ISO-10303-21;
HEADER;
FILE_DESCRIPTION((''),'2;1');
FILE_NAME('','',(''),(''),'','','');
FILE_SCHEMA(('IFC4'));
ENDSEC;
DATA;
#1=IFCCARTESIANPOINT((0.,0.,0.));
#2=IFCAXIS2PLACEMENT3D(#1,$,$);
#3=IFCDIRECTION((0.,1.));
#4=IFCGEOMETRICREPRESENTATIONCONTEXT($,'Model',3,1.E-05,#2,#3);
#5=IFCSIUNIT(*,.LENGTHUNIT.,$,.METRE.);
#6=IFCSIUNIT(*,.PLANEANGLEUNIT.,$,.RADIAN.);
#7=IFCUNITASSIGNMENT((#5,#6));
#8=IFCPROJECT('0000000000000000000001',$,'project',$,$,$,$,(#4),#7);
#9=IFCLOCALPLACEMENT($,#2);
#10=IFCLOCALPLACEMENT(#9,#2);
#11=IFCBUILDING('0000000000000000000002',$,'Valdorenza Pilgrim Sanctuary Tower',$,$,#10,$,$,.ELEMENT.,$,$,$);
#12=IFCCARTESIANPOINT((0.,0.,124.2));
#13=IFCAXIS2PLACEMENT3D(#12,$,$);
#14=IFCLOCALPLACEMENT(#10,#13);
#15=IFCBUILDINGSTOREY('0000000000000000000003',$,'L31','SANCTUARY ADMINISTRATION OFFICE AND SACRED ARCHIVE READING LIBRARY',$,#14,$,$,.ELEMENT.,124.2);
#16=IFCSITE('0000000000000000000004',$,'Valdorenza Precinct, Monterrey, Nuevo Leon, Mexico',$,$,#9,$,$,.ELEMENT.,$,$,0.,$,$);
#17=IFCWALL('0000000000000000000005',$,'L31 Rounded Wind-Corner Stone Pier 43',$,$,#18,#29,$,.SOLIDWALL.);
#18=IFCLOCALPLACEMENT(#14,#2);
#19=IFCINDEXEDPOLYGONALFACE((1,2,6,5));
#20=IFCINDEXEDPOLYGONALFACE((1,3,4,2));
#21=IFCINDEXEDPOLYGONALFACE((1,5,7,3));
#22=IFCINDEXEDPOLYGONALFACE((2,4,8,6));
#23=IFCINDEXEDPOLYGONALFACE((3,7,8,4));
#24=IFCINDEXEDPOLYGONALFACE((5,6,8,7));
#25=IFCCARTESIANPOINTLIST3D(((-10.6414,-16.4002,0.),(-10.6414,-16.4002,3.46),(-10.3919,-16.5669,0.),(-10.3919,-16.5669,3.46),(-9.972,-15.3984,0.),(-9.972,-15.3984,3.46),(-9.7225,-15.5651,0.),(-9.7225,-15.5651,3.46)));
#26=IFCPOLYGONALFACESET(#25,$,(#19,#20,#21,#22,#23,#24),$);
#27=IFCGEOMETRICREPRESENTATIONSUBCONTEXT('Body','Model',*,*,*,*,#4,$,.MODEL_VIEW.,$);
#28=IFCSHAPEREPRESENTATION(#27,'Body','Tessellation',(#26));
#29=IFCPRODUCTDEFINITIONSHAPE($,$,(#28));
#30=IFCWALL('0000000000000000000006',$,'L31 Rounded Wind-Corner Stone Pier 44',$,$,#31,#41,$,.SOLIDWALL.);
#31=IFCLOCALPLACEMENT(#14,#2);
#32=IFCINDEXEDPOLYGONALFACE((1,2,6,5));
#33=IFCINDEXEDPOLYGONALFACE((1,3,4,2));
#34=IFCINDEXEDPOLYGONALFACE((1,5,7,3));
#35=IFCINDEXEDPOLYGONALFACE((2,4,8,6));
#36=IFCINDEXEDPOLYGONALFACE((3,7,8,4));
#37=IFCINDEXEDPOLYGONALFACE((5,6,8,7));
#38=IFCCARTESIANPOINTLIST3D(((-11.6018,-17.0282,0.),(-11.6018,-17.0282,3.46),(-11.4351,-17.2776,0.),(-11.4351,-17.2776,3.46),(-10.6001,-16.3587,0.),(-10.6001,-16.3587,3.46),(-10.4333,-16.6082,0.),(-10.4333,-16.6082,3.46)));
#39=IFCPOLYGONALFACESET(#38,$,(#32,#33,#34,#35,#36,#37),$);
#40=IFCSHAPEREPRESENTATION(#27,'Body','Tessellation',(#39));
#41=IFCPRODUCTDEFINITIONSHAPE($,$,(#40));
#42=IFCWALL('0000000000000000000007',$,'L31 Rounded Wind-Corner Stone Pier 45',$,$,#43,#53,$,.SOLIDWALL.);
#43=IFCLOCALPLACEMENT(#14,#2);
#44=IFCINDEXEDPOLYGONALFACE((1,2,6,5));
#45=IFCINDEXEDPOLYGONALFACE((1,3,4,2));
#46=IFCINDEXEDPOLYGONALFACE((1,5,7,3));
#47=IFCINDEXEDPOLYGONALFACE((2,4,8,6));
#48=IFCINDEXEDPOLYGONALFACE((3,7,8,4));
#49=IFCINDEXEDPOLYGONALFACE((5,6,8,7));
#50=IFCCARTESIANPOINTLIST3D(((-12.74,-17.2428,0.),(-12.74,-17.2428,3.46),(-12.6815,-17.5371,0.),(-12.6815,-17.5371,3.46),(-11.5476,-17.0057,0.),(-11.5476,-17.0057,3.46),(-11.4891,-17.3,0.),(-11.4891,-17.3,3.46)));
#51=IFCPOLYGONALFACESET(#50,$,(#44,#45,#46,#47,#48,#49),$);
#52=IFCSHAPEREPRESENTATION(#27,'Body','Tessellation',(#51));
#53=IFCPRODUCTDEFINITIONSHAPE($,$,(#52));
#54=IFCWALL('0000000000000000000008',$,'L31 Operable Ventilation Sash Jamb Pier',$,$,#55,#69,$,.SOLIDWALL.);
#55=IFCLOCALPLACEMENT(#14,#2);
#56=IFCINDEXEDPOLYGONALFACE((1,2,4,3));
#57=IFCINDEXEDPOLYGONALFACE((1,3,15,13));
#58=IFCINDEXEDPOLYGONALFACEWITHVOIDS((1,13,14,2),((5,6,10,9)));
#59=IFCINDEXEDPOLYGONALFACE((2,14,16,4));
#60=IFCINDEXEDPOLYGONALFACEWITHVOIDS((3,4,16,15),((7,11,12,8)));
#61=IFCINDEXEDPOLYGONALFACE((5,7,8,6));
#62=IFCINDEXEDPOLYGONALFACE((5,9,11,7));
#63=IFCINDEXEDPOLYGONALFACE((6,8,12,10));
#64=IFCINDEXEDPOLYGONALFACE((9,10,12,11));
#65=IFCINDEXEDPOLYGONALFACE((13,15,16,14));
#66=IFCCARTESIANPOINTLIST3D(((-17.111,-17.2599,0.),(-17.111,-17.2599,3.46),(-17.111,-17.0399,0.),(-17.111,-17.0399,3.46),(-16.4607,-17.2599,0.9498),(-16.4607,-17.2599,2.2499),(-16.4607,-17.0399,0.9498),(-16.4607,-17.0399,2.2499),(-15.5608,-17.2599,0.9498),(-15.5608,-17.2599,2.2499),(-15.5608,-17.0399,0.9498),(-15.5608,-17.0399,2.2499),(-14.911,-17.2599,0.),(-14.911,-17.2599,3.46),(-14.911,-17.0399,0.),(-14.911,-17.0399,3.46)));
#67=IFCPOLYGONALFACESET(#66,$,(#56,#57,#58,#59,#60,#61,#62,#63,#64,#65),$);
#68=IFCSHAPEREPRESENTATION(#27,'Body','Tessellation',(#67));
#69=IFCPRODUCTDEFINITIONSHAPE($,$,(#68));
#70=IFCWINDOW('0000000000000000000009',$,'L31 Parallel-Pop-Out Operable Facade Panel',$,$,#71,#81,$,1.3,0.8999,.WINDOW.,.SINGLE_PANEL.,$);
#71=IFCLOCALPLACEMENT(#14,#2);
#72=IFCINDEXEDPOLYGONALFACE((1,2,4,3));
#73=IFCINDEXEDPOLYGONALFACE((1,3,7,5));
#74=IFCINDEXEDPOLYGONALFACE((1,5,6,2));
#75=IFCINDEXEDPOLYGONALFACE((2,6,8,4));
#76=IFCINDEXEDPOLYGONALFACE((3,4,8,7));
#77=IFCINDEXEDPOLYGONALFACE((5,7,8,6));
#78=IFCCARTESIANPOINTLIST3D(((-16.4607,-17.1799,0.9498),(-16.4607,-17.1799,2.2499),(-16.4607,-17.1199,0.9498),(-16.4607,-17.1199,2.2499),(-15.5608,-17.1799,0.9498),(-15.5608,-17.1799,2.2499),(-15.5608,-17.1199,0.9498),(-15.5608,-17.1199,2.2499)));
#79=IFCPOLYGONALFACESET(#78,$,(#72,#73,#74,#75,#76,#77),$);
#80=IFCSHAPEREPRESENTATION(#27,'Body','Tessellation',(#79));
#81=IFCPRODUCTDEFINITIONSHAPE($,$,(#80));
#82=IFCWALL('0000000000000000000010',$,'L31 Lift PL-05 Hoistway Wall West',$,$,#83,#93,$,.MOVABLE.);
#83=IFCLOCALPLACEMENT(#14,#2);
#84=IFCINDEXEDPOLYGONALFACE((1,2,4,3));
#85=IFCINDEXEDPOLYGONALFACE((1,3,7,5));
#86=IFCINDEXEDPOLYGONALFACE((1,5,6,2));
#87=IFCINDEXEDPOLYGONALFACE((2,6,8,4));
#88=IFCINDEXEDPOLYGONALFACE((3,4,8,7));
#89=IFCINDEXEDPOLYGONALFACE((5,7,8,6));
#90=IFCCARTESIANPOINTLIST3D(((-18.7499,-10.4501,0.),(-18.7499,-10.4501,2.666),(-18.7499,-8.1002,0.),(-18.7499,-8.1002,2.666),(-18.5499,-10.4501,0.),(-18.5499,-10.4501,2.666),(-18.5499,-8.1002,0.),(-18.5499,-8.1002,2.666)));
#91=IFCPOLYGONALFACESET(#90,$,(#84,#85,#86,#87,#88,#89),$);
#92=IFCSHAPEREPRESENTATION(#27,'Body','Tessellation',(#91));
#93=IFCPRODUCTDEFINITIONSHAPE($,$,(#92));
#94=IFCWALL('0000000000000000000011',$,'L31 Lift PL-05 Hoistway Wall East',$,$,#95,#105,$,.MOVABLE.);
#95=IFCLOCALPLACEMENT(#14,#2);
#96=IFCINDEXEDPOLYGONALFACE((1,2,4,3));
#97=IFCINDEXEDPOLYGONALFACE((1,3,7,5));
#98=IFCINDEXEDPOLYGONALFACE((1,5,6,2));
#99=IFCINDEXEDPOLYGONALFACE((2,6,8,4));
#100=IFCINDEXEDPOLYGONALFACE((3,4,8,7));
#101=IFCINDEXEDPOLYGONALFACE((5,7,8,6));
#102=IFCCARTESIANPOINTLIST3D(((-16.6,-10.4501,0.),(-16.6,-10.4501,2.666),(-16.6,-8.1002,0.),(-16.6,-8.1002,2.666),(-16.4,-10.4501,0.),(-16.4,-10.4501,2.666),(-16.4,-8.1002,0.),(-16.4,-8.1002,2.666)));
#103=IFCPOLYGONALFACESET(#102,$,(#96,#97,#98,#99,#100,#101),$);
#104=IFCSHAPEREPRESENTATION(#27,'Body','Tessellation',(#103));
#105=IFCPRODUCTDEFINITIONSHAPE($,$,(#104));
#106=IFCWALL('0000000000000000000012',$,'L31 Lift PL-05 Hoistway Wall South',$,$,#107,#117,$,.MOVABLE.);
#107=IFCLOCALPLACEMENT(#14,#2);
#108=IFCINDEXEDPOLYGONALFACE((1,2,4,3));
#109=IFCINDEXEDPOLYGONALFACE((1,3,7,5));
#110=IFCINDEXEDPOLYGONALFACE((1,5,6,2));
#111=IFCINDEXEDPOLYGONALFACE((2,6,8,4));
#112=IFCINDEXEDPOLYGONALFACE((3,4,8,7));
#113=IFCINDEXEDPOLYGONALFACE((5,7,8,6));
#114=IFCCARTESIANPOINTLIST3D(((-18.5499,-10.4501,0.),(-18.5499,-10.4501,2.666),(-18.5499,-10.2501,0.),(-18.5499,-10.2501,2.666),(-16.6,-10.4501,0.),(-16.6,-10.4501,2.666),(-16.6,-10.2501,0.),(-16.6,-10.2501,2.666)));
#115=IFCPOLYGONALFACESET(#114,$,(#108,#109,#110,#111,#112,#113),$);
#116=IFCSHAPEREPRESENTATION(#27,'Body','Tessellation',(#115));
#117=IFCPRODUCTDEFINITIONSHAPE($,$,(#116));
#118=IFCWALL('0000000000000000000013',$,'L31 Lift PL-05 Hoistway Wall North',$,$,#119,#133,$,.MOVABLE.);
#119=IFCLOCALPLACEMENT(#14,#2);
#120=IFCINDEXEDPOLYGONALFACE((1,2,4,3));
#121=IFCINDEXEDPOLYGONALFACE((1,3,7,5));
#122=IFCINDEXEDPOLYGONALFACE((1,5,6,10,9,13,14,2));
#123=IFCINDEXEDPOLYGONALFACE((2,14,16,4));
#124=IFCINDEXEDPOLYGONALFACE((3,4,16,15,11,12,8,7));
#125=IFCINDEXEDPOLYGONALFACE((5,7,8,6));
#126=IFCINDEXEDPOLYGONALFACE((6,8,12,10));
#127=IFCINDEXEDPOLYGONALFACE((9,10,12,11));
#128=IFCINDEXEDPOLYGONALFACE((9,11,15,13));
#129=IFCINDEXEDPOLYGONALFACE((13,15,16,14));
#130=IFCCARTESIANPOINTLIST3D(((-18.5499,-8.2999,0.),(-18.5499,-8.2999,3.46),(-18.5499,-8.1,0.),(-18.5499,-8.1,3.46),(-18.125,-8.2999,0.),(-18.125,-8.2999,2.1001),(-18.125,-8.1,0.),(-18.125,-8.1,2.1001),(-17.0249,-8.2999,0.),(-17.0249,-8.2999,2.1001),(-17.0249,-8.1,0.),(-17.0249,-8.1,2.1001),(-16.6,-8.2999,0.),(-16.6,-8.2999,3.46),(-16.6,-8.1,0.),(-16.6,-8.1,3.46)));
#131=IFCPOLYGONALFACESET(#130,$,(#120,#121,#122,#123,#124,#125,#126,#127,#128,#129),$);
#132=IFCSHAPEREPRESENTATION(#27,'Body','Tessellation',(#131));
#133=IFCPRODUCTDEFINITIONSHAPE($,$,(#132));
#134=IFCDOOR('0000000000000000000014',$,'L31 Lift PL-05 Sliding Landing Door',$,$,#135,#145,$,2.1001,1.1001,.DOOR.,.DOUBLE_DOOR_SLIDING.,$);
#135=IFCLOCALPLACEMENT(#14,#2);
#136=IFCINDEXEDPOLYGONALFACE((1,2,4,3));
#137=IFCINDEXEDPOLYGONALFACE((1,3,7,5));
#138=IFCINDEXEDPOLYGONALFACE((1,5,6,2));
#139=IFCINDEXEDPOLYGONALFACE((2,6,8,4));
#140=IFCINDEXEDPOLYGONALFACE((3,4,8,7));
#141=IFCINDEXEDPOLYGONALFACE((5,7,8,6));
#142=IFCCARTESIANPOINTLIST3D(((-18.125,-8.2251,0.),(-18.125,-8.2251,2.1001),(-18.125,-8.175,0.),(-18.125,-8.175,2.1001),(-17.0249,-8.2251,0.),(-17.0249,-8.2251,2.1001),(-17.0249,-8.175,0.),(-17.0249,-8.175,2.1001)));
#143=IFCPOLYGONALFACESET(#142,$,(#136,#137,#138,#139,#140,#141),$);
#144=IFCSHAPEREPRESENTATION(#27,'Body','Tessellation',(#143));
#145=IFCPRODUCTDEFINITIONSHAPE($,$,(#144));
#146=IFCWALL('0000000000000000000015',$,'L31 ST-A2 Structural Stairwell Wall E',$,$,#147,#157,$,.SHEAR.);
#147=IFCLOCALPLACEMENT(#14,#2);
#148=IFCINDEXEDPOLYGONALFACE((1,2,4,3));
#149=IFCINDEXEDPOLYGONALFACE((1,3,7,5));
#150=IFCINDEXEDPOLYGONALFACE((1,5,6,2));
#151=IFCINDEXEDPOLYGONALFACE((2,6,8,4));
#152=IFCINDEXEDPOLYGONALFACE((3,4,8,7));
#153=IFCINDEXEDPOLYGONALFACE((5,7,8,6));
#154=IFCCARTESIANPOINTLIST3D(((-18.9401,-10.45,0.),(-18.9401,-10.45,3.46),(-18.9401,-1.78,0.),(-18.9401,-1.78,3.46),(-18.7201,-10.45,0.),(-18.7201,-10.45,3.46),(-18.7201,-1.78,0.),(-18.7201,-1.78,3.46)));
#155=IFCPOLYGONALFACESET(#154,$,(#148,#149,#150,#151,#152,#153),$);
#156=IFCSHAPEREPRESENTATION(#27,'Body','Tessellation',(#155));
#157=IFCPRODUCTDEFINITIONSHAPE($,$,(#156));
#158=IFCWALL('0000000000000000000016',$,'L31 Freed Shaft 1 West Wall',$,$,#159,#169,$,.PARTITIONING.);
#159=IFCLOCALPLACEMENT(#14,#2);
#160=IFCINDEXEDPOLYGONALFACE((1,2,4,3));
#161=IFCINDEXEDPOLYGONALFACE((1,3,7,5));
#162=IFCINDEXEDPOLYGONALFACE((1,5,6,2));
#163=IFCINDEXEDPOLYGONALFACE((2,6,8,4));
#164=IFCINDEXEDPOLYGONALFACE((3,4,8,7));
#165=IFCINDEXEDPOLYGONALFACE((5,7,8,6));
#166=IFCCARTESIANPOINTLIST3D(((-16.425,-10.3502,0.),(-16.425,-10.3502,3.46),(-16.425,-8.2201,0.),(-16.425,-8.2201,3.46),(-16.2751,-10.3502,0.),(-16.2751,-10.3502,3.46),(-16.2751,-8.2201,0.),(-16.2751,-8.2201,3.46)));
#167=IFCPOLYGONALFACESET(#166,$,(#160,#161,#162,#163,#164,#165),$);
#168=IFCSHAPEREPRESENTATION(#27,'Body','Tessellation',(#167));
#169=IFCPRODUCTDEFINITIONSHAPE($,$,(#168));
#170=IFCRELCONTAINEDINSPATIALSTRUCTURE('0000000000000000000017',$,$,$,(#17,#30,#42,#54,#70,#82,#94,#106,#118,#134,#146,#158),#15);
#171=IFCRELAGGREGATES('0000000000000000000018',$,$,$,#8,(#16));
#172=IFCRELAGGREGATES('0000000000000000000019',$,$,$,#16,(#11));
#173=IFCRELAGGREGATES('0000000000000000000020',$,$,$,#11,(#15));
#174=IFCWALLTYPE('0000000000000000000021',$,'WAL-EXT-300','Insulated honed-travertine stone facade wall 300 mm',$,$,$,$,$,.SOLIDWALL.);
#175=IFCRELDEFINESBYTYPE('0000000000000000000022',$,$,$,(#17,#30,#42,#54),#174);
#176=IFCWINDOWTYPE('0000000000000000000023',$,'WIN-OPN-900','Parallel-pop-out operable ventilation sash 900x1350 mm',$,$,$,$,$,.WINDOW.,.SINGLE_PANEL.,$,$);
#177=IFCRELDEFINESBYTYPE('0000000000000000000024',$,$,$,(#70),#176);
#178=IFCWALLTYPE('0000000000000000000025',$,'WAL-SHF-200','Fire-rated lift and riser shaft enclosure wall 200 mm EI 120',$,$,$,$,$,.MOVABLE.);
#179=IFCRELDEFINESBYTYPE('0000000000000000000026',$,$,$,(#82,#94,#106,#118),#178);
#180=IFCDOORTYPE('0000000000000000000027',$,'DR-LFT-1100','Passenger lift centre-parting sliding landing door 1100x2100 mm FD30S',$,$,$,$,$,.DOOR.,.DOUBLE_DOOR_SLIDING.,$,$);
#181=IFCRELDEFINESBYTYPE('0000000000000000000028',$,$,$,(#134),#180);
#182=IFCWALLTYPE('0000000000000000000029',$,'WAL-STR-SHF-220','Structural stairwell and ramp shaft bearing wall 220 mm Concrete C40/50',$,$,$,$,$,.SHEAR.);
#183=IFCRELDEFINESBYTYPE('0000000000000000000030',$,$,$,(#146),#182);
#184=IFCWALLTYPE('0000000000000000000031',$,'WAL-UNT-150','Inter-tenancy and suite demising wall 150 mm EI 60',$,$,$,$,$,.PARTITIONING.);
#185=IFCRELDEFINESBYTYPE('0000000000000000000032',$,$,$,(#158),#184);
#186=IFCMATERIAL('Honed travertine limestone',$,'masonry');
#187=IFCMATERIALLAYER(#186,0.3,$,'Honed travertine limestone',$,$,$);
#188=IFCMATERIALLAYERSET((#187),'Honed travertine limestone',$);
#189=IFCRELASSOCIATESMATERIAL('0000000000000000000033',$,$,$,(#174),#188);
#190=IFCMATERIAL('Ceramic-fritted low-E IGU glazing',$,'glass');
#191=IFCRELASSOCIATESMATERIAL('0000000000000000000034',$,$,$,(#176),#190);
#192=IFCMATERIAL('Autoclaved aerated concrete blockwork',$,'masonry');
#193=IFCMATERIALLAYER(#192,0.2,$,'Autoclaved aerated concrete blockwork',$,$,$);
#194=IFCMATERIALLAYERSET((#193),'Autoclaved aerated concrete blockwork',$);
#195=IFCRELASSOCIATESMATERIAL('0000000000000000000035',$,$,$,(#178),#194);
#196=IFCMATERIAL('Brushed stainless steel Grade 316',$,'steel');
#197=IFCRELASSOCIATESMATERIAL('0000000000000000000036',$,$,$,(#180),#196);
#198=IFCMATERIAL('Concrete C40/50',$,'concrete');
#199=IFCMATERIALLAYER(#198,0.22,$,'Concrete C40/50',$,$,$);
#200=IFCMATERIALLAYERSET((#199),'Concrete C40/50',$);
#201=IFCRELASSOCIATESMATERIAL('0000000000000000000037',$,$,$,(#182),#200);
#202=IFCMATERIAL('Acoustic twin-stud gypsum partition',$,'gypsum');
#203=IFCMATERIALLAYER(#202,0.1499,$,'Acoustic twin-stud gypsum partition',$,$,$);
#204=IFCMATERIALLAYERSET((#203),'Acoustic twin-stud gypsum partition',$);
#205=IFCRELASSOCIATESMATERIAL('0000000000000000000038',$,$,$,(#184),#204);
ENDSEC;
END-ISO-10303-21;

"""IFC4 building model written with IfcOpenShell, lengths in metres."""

from ifc_helpers import new_model, si_unit, direction, frame, frame_2d, origin, place, context, subcontext, project, spatial, rectangle, extrude, material, layer, layer_set, type_object, element, fill, save


model = new_model("IFC4")

# Units and contexts
model_context = context("Model", 3, precision=1e-05, world=origin(), true_north=direction((0.0, 1.0)))
body_context = subcontext(model_context, "Body", "Model", "MODEL_VIEW")
ifc_project = project(units=[si_unit("LENGTHUNIT", "METRE"), si_unit("PLANEANGLEUNIT", "RADIAN")], contexts=[model_context])

# Site, building, storey
site_placement = place(None, origin())
site = spatial("IfcSite", under=ifc_project, at=site_placement, Name="Valdorenza Precinct, Monterrey, Nuevo Leon, Mexico", CompositionType="ELEMENT", RefElevation=0.0)
building_placement = place(site_placement, origin())
building = spatial("IfcBuilding", under=site, at=building_placement, Name="Valdorenza Pilgrim Sanctuary Tower", CompositionType="ELEMENT")
storey_placement = place(building_placement, frame((0.0, 0.0, 124.2)))
storey = spatial("IfcBuildingStorey", under=building, at=storey_placement, Name="L31", Description="SANCTUARY ADMINISTRATION OFFICE AND SACRED ARCHIVE READING LIBRARY", CompositionType="ELEMENT", Elevation=124.2)

# Shared definitions
ifc_material_1 = material(Name="Honed travertine limestone", Category="masonry")
ifc_material_2 = material(Name="Ceramic-fritted low-E IGU glazing", Category="glass")

# Shared definitions
ifc_material_3 = material(Name="Acoustic twin-stud gypsum partition", Category="gypsum")

# Walls
ifc_layer_1 = layer(ifc_material_1, 0.3, Name="Honed travertine limestone")
ifc_layer_set_1 = layer_set([ifc_layer_1], Name="Honed travertine limestone")
wall_type_1 = type_object("IfcWallType", Name="WAL-EXT-300", Description="Insulated honed-travertine stone facade wall 300 mm", PredefinedType="SOLIDWALL", material=ifc_layer_set_1)
for number, where, z_axis, x_axis, name in (
    (1, (-9.8472, -15.4817, 0.0), (0.0, 0.0, 1.0), (-0.555635, -0.831426, 0.0), "L31 Rounded Wind-Corner Stone Pier 43"),
    (2, (-10.5166, -16.4834, 0.0), (0.0, 0.0, 1.0), (-0.831426, -0.555635, 0.0), "L31 Rounded Wind-Corner Stone Pier 44"),
):
    element("IfcWall", number, at=place(storey_placement, frame(where, z_axis=z_axis, x_axis=x_axis)), inside=storey, type_object=wall_type_1, Name=name, PredefinedType="SOLIDWALL", context=body_context, shape_type="SweptSolid", body=[
        extrude(rectangle(XDim=1.2048, YDim=0.3, at=frame_2d((0.6025, 0.0))), origin(), (0.0, 0.0, 1.0), 3.46),
    ])
wall_1_placement = place(storey_placement, frame((-11.5183, -17.1528, 0.0), z_axis=(0.0, 0.0, 1.0), x_axis=(-0.980804, -0.194996, 0.0)))
element("IfcWall", 3, at=wall_1_placement, inside=storey, type_object=wall_type_1, Name="L31 Rounded Wind-Corner Stone Pier 45", PredefinedType="SOLIDWALL", context=body_context, shape_type="SweptSolid", body=[
    extrude(rectangle(XDim=1.2158, YDim=0.3, at=frame_2d((0.6079, 0.0))), origin(), (0.0, 0.0, 1.0), 3.46),
])

# Wall, opening, window
wall_2_placement = place(storey_placement, frame((-14.9109, -17.1499, 0.0), z_axis=(0.0, 0.0, 1.0), x_axis=(-1.0, 0.0, 0.0)))
wall_2 = element("IfcWall", 4, at=wall_2_placement, inside=storey, type_object=wall_type_1, Name="L31 Operable Ventilation Sash Jamb Pier", PredefinedType="SOLIDWALL", context=body_context, shape_type="SweptSolid", body=[
    extrude(rectangle(XDim=2.2, YDim=0.22, at=frame_2d((1.1001, 0.0))), origin(), (0.0, 0.0, 1.0), 3.46),
])
opening_1_placement = place(wall_2_placement, frame((0.6499, 0.0, 0.95)))
opening_1 = element("IfcOpeningElement", 5, at=opening_1_placement, cuts=wall_2, PredefinedType="OPENING", context=body_context, shape_type="SweptSolid", body=[
    extrude(rectangle(XDim=0.8999, YDim=1.3, at=frame_2d((0.45, 0.6499))), frame((0.0, 0.125, 0.0), z_axis=(0.0, -1.0, 0.0), x_axis=(1.0, 0.0, 0.0)), (0.0, 0.0, 1.0), 0.2498),
])
window_type = type_object("IfcWindowType", Name="WIN-OPN-900", Description="Parallel-pop-out operable ventilation sash 900x1350 mm", PartitioningType="SINGLE_PANEL", PredefinedType="WINDOW", material=ifc_material_2)
window_placement = place(opening_1_placement, origin())
window = element("IfcWindow", 6, at=window_placement, inside=storey, type_object=window_type, Name="L31 Parallel-Pop-Out Operable Facade Panel", OverallHeight=1.3, OverallWidth=0.8999, PartitioningType="SINGLE_PANEL", PredefinedType="WINDOW", context=body_context, shape_type="SweptSolid", body=[
    extrude(rectangle(XDim=0.8999, YDim=1.3, at=frame_2d((0.45, 0.6499))), frame((0.0, 0.03, 0.0), z_axis=(0.0, -1.0, 0.0), x_axis=(1.0, 0.0, 0.0)), (0.0, 0.0, 1.0), 0.0601),
])
fill(opening_1, window)

# Walls
ifc_material_4 = material(Name="Autoclaved aerated concrete blockwork", Category="masonry")
ifc_layer_2 = layer(ifc_material_4, 0.2, Name="Autoclaved aerated concrete blockwork")
ifc_layer_set_2 = layer_set([ifc_layer_2], Name="Autoclaved aerated concrete blockwork")
wall_type_2 = type_object("IfcWallType", Name="WAL-SHF-200", Description="Fire-rated lift and riser shaft enclosure wall 200 mm EI 120", PredefinedType="MOVABLE", material=ifc_layer_set_2)
for number, where, z_axis, x_axis, name in (
    (7, (-18.6499, -10.45, 0.0), (0.0, 0.0, 1.0), (0.0, 1.0, 0.0), "L31 Lift PL-05 Hoistway Wall West"),
    (8, (-16.5, -10.45, 0.0), (0.0, 0.0, 1.0), (0.0, 1.0, 0.0), "L31 Lift PL-05 Hoistway Wall East"),
):
    element("IfcWall", number, at=place(storey_placement, frame(where, z_axis=z_axis, x_axis=x_axis)), inside=storey, type_object=wall_type_2, Name=name, PredefinedType="MOVABLE", context=body_context, shape_type="SweptSolid", body=[
        extrude(rectangle(XDim=2.3499, YDim=0.2, at=frame_2d((1.1748, 0.0))), origin(), (0.0, 0.0, 1.0), 2.666),
    ])
wall_3_placement = place(storey_placement, frame((-18.55, -10.3501, 0.0), z_axis=(0.0, 0.0, 1.0), x_axis=(1.0, 0.0, 0.0)))
element("IfcWall", 9, at=wall_3_placement, inside=storey, type_object=wall_type_2, Name="L31 Lift PL-05 Hoistway Wall South", PredefinedType="MOVABLE", context=body_context, shape_type="SweptSolid", body=[
    extrude(rectangle(XDim=1.95, YDim=0.2, at=frame_2d((0.9751, 0.0))), origin(), (0.0, 0.0, 1.0), 2.666),
])

# Wall, opening, door
wall_4_placement = place(storey_placement, frame((-18.55, -8.2, 0.0), z_axis=(0.0, 0.0, 1.0), x_axis=(1.0, 0.0, 0.0)))
wall_4 = element("IfcWall", 10, at=wall_4_placement, inside=storey, type_object=wall_type_2, Name="L31 Lift PL-05 Hoistway Wall North", PredefinedType="MOVABLE", context=body_context, shape_type="SweptSolid", body=[
    extrude(rectangle(XDim=1.95, YDim=0.2, at=frame_2d((0.9751, 0.0))), origin(), (0.0, 0.0, 1.0), 3.46),
])
opening_2_placement = place(wall_4_placement, frame((0.425, 0.0, 0.0)))
opening_2 = element("IfcOpeningElement", 11, at=opening_2_placement, cuts=wall_4, PredefinedType="OPENING", context=body_context, shape_type="SweptSolid", body=[
    extrude(rectangle(XDim=1.1001, YDim=2.1001, at=frame_2d((0.55, 1.05))), frame((0.0, 0.1147, 0.0), z_axis=(0.0, -1.0, 0.0), x_axis=(1.0, 0.0, 0.0)), (0.0, 0.0, 1.0), 0.2297),
])
ifc_material_5 = material(Name="Brushed stainless steel Grade 316", Category="steel")
door_type_1 = type_object("IfcDoorType", Name="DR-LFT-1100", Description="Passenger lift centre-parting sliding landing door 1100x2100 mm FD30S", OperationType="DOUBLE_DOOR_SLIDING", PredefinedType="DOOR", material=ifc_material_5)
door_1_placement = place(opening_2_placement, origin())
door_1 = element("IfcDoor", 12, at=door_1_placement, inside=storey, type_object=door_type_1, Name="L31 Lift PL-05 Sliding Landing Door", OperationType="DOUBLE_DOOR_SLIDING", OverallHeight=2.1001, OverallWidth=1.1001, PredefinedType="DOOR", context=body_context, shape_type="SweptSolid", body=[
    extrude(rectangle(XDim=1.1001, YDim=2.1001, at=frame_2d((0.55, 1.05))), frame((0.0, 0.0249, 0.0), z_axis=(0.0, -1.0, 0.0), x_axis=(1.0, 0.0, 0.0)), (0.0, 0.0, 1.0), 0.05),
])
fill(opening_2, door_1)

# Walls
ifc_material_6 = material(Name="Concrete C40/50", Category="concrete")
ifc_layer_3 = layer(ifc_material_6, 0.22, Name="Concrete C40/50")
ifc_layer_set_3 = layer_set([ifc_layer_3], Name="Concrete C40/50")
wall_type_3 = type_object("IfcWallType", Name="WAL-STR-SHF-220", Description="Structural stairwell and ramp shaft bearing wall 220 mm Concrete C40/50", PredefinedType="SHEAR", material=ifc_layer_set_3)
wall_5_placement = place(storey_placement, frame((-18.8301, -10.45, 0.0), z_axis=(0.0, 0.0, 1.0), x_axis=(0.0, 1.0, 0.0)))
element("IfcWall", 13, at=wall_5_placement, inside=storey, type_object=wall_type_3, Name="L31 ST-A2 Structural Stairwell Wall E", PredefinedType="SHEAR", context=body_context, shape_type="SweptSolid", body=[
    extrude(rectangle(XDim=8.6699, YDim=0.22, at=frame_2d((4.335, 0.0))), origin(), (0.0, 0.0, 1.0), 3.46),
])
ifc_layer_4 = layer(ifc_material_3, 0.1499, Name="Acoustic twin-stud gypsum partition")
ifc_layer_set_4 = layer_set([ifc_layer_4], Name="Acoustic twin-stud gypsum partition")
wall_type_4 = type_object("IfcWallType", Name="WAL-UNT-150", Description="Inter-tenancy and suite demising wall 150 mm EI 60", PredefinedType="PARTITIONING", material=ifc_layer_set_4)
wall_6_placement = place(storey_placement, frame((-16.3501, -10.3501, 0.0), z_axis=(0.0, 0.0, 1.0), x_axis=(0.0, 1.0, 0.0)))
element("IfcWall", 14, at=wall_6_placement, inside=storey, type_object=wall_type_4, Name="L31 Freed Shaft 1 West Wall", PredefinedType="PARTITIONING", context=body_context, shape_type="SweptSolid", body=[
    extrude(rectangle(XDim=2.1301, YDim=0.1499, at=frame_2d((1.0649, 0.0))), origin(), (0.0, 0.0, 1.0), 3.46),
])

save(model, "model.ifc")
